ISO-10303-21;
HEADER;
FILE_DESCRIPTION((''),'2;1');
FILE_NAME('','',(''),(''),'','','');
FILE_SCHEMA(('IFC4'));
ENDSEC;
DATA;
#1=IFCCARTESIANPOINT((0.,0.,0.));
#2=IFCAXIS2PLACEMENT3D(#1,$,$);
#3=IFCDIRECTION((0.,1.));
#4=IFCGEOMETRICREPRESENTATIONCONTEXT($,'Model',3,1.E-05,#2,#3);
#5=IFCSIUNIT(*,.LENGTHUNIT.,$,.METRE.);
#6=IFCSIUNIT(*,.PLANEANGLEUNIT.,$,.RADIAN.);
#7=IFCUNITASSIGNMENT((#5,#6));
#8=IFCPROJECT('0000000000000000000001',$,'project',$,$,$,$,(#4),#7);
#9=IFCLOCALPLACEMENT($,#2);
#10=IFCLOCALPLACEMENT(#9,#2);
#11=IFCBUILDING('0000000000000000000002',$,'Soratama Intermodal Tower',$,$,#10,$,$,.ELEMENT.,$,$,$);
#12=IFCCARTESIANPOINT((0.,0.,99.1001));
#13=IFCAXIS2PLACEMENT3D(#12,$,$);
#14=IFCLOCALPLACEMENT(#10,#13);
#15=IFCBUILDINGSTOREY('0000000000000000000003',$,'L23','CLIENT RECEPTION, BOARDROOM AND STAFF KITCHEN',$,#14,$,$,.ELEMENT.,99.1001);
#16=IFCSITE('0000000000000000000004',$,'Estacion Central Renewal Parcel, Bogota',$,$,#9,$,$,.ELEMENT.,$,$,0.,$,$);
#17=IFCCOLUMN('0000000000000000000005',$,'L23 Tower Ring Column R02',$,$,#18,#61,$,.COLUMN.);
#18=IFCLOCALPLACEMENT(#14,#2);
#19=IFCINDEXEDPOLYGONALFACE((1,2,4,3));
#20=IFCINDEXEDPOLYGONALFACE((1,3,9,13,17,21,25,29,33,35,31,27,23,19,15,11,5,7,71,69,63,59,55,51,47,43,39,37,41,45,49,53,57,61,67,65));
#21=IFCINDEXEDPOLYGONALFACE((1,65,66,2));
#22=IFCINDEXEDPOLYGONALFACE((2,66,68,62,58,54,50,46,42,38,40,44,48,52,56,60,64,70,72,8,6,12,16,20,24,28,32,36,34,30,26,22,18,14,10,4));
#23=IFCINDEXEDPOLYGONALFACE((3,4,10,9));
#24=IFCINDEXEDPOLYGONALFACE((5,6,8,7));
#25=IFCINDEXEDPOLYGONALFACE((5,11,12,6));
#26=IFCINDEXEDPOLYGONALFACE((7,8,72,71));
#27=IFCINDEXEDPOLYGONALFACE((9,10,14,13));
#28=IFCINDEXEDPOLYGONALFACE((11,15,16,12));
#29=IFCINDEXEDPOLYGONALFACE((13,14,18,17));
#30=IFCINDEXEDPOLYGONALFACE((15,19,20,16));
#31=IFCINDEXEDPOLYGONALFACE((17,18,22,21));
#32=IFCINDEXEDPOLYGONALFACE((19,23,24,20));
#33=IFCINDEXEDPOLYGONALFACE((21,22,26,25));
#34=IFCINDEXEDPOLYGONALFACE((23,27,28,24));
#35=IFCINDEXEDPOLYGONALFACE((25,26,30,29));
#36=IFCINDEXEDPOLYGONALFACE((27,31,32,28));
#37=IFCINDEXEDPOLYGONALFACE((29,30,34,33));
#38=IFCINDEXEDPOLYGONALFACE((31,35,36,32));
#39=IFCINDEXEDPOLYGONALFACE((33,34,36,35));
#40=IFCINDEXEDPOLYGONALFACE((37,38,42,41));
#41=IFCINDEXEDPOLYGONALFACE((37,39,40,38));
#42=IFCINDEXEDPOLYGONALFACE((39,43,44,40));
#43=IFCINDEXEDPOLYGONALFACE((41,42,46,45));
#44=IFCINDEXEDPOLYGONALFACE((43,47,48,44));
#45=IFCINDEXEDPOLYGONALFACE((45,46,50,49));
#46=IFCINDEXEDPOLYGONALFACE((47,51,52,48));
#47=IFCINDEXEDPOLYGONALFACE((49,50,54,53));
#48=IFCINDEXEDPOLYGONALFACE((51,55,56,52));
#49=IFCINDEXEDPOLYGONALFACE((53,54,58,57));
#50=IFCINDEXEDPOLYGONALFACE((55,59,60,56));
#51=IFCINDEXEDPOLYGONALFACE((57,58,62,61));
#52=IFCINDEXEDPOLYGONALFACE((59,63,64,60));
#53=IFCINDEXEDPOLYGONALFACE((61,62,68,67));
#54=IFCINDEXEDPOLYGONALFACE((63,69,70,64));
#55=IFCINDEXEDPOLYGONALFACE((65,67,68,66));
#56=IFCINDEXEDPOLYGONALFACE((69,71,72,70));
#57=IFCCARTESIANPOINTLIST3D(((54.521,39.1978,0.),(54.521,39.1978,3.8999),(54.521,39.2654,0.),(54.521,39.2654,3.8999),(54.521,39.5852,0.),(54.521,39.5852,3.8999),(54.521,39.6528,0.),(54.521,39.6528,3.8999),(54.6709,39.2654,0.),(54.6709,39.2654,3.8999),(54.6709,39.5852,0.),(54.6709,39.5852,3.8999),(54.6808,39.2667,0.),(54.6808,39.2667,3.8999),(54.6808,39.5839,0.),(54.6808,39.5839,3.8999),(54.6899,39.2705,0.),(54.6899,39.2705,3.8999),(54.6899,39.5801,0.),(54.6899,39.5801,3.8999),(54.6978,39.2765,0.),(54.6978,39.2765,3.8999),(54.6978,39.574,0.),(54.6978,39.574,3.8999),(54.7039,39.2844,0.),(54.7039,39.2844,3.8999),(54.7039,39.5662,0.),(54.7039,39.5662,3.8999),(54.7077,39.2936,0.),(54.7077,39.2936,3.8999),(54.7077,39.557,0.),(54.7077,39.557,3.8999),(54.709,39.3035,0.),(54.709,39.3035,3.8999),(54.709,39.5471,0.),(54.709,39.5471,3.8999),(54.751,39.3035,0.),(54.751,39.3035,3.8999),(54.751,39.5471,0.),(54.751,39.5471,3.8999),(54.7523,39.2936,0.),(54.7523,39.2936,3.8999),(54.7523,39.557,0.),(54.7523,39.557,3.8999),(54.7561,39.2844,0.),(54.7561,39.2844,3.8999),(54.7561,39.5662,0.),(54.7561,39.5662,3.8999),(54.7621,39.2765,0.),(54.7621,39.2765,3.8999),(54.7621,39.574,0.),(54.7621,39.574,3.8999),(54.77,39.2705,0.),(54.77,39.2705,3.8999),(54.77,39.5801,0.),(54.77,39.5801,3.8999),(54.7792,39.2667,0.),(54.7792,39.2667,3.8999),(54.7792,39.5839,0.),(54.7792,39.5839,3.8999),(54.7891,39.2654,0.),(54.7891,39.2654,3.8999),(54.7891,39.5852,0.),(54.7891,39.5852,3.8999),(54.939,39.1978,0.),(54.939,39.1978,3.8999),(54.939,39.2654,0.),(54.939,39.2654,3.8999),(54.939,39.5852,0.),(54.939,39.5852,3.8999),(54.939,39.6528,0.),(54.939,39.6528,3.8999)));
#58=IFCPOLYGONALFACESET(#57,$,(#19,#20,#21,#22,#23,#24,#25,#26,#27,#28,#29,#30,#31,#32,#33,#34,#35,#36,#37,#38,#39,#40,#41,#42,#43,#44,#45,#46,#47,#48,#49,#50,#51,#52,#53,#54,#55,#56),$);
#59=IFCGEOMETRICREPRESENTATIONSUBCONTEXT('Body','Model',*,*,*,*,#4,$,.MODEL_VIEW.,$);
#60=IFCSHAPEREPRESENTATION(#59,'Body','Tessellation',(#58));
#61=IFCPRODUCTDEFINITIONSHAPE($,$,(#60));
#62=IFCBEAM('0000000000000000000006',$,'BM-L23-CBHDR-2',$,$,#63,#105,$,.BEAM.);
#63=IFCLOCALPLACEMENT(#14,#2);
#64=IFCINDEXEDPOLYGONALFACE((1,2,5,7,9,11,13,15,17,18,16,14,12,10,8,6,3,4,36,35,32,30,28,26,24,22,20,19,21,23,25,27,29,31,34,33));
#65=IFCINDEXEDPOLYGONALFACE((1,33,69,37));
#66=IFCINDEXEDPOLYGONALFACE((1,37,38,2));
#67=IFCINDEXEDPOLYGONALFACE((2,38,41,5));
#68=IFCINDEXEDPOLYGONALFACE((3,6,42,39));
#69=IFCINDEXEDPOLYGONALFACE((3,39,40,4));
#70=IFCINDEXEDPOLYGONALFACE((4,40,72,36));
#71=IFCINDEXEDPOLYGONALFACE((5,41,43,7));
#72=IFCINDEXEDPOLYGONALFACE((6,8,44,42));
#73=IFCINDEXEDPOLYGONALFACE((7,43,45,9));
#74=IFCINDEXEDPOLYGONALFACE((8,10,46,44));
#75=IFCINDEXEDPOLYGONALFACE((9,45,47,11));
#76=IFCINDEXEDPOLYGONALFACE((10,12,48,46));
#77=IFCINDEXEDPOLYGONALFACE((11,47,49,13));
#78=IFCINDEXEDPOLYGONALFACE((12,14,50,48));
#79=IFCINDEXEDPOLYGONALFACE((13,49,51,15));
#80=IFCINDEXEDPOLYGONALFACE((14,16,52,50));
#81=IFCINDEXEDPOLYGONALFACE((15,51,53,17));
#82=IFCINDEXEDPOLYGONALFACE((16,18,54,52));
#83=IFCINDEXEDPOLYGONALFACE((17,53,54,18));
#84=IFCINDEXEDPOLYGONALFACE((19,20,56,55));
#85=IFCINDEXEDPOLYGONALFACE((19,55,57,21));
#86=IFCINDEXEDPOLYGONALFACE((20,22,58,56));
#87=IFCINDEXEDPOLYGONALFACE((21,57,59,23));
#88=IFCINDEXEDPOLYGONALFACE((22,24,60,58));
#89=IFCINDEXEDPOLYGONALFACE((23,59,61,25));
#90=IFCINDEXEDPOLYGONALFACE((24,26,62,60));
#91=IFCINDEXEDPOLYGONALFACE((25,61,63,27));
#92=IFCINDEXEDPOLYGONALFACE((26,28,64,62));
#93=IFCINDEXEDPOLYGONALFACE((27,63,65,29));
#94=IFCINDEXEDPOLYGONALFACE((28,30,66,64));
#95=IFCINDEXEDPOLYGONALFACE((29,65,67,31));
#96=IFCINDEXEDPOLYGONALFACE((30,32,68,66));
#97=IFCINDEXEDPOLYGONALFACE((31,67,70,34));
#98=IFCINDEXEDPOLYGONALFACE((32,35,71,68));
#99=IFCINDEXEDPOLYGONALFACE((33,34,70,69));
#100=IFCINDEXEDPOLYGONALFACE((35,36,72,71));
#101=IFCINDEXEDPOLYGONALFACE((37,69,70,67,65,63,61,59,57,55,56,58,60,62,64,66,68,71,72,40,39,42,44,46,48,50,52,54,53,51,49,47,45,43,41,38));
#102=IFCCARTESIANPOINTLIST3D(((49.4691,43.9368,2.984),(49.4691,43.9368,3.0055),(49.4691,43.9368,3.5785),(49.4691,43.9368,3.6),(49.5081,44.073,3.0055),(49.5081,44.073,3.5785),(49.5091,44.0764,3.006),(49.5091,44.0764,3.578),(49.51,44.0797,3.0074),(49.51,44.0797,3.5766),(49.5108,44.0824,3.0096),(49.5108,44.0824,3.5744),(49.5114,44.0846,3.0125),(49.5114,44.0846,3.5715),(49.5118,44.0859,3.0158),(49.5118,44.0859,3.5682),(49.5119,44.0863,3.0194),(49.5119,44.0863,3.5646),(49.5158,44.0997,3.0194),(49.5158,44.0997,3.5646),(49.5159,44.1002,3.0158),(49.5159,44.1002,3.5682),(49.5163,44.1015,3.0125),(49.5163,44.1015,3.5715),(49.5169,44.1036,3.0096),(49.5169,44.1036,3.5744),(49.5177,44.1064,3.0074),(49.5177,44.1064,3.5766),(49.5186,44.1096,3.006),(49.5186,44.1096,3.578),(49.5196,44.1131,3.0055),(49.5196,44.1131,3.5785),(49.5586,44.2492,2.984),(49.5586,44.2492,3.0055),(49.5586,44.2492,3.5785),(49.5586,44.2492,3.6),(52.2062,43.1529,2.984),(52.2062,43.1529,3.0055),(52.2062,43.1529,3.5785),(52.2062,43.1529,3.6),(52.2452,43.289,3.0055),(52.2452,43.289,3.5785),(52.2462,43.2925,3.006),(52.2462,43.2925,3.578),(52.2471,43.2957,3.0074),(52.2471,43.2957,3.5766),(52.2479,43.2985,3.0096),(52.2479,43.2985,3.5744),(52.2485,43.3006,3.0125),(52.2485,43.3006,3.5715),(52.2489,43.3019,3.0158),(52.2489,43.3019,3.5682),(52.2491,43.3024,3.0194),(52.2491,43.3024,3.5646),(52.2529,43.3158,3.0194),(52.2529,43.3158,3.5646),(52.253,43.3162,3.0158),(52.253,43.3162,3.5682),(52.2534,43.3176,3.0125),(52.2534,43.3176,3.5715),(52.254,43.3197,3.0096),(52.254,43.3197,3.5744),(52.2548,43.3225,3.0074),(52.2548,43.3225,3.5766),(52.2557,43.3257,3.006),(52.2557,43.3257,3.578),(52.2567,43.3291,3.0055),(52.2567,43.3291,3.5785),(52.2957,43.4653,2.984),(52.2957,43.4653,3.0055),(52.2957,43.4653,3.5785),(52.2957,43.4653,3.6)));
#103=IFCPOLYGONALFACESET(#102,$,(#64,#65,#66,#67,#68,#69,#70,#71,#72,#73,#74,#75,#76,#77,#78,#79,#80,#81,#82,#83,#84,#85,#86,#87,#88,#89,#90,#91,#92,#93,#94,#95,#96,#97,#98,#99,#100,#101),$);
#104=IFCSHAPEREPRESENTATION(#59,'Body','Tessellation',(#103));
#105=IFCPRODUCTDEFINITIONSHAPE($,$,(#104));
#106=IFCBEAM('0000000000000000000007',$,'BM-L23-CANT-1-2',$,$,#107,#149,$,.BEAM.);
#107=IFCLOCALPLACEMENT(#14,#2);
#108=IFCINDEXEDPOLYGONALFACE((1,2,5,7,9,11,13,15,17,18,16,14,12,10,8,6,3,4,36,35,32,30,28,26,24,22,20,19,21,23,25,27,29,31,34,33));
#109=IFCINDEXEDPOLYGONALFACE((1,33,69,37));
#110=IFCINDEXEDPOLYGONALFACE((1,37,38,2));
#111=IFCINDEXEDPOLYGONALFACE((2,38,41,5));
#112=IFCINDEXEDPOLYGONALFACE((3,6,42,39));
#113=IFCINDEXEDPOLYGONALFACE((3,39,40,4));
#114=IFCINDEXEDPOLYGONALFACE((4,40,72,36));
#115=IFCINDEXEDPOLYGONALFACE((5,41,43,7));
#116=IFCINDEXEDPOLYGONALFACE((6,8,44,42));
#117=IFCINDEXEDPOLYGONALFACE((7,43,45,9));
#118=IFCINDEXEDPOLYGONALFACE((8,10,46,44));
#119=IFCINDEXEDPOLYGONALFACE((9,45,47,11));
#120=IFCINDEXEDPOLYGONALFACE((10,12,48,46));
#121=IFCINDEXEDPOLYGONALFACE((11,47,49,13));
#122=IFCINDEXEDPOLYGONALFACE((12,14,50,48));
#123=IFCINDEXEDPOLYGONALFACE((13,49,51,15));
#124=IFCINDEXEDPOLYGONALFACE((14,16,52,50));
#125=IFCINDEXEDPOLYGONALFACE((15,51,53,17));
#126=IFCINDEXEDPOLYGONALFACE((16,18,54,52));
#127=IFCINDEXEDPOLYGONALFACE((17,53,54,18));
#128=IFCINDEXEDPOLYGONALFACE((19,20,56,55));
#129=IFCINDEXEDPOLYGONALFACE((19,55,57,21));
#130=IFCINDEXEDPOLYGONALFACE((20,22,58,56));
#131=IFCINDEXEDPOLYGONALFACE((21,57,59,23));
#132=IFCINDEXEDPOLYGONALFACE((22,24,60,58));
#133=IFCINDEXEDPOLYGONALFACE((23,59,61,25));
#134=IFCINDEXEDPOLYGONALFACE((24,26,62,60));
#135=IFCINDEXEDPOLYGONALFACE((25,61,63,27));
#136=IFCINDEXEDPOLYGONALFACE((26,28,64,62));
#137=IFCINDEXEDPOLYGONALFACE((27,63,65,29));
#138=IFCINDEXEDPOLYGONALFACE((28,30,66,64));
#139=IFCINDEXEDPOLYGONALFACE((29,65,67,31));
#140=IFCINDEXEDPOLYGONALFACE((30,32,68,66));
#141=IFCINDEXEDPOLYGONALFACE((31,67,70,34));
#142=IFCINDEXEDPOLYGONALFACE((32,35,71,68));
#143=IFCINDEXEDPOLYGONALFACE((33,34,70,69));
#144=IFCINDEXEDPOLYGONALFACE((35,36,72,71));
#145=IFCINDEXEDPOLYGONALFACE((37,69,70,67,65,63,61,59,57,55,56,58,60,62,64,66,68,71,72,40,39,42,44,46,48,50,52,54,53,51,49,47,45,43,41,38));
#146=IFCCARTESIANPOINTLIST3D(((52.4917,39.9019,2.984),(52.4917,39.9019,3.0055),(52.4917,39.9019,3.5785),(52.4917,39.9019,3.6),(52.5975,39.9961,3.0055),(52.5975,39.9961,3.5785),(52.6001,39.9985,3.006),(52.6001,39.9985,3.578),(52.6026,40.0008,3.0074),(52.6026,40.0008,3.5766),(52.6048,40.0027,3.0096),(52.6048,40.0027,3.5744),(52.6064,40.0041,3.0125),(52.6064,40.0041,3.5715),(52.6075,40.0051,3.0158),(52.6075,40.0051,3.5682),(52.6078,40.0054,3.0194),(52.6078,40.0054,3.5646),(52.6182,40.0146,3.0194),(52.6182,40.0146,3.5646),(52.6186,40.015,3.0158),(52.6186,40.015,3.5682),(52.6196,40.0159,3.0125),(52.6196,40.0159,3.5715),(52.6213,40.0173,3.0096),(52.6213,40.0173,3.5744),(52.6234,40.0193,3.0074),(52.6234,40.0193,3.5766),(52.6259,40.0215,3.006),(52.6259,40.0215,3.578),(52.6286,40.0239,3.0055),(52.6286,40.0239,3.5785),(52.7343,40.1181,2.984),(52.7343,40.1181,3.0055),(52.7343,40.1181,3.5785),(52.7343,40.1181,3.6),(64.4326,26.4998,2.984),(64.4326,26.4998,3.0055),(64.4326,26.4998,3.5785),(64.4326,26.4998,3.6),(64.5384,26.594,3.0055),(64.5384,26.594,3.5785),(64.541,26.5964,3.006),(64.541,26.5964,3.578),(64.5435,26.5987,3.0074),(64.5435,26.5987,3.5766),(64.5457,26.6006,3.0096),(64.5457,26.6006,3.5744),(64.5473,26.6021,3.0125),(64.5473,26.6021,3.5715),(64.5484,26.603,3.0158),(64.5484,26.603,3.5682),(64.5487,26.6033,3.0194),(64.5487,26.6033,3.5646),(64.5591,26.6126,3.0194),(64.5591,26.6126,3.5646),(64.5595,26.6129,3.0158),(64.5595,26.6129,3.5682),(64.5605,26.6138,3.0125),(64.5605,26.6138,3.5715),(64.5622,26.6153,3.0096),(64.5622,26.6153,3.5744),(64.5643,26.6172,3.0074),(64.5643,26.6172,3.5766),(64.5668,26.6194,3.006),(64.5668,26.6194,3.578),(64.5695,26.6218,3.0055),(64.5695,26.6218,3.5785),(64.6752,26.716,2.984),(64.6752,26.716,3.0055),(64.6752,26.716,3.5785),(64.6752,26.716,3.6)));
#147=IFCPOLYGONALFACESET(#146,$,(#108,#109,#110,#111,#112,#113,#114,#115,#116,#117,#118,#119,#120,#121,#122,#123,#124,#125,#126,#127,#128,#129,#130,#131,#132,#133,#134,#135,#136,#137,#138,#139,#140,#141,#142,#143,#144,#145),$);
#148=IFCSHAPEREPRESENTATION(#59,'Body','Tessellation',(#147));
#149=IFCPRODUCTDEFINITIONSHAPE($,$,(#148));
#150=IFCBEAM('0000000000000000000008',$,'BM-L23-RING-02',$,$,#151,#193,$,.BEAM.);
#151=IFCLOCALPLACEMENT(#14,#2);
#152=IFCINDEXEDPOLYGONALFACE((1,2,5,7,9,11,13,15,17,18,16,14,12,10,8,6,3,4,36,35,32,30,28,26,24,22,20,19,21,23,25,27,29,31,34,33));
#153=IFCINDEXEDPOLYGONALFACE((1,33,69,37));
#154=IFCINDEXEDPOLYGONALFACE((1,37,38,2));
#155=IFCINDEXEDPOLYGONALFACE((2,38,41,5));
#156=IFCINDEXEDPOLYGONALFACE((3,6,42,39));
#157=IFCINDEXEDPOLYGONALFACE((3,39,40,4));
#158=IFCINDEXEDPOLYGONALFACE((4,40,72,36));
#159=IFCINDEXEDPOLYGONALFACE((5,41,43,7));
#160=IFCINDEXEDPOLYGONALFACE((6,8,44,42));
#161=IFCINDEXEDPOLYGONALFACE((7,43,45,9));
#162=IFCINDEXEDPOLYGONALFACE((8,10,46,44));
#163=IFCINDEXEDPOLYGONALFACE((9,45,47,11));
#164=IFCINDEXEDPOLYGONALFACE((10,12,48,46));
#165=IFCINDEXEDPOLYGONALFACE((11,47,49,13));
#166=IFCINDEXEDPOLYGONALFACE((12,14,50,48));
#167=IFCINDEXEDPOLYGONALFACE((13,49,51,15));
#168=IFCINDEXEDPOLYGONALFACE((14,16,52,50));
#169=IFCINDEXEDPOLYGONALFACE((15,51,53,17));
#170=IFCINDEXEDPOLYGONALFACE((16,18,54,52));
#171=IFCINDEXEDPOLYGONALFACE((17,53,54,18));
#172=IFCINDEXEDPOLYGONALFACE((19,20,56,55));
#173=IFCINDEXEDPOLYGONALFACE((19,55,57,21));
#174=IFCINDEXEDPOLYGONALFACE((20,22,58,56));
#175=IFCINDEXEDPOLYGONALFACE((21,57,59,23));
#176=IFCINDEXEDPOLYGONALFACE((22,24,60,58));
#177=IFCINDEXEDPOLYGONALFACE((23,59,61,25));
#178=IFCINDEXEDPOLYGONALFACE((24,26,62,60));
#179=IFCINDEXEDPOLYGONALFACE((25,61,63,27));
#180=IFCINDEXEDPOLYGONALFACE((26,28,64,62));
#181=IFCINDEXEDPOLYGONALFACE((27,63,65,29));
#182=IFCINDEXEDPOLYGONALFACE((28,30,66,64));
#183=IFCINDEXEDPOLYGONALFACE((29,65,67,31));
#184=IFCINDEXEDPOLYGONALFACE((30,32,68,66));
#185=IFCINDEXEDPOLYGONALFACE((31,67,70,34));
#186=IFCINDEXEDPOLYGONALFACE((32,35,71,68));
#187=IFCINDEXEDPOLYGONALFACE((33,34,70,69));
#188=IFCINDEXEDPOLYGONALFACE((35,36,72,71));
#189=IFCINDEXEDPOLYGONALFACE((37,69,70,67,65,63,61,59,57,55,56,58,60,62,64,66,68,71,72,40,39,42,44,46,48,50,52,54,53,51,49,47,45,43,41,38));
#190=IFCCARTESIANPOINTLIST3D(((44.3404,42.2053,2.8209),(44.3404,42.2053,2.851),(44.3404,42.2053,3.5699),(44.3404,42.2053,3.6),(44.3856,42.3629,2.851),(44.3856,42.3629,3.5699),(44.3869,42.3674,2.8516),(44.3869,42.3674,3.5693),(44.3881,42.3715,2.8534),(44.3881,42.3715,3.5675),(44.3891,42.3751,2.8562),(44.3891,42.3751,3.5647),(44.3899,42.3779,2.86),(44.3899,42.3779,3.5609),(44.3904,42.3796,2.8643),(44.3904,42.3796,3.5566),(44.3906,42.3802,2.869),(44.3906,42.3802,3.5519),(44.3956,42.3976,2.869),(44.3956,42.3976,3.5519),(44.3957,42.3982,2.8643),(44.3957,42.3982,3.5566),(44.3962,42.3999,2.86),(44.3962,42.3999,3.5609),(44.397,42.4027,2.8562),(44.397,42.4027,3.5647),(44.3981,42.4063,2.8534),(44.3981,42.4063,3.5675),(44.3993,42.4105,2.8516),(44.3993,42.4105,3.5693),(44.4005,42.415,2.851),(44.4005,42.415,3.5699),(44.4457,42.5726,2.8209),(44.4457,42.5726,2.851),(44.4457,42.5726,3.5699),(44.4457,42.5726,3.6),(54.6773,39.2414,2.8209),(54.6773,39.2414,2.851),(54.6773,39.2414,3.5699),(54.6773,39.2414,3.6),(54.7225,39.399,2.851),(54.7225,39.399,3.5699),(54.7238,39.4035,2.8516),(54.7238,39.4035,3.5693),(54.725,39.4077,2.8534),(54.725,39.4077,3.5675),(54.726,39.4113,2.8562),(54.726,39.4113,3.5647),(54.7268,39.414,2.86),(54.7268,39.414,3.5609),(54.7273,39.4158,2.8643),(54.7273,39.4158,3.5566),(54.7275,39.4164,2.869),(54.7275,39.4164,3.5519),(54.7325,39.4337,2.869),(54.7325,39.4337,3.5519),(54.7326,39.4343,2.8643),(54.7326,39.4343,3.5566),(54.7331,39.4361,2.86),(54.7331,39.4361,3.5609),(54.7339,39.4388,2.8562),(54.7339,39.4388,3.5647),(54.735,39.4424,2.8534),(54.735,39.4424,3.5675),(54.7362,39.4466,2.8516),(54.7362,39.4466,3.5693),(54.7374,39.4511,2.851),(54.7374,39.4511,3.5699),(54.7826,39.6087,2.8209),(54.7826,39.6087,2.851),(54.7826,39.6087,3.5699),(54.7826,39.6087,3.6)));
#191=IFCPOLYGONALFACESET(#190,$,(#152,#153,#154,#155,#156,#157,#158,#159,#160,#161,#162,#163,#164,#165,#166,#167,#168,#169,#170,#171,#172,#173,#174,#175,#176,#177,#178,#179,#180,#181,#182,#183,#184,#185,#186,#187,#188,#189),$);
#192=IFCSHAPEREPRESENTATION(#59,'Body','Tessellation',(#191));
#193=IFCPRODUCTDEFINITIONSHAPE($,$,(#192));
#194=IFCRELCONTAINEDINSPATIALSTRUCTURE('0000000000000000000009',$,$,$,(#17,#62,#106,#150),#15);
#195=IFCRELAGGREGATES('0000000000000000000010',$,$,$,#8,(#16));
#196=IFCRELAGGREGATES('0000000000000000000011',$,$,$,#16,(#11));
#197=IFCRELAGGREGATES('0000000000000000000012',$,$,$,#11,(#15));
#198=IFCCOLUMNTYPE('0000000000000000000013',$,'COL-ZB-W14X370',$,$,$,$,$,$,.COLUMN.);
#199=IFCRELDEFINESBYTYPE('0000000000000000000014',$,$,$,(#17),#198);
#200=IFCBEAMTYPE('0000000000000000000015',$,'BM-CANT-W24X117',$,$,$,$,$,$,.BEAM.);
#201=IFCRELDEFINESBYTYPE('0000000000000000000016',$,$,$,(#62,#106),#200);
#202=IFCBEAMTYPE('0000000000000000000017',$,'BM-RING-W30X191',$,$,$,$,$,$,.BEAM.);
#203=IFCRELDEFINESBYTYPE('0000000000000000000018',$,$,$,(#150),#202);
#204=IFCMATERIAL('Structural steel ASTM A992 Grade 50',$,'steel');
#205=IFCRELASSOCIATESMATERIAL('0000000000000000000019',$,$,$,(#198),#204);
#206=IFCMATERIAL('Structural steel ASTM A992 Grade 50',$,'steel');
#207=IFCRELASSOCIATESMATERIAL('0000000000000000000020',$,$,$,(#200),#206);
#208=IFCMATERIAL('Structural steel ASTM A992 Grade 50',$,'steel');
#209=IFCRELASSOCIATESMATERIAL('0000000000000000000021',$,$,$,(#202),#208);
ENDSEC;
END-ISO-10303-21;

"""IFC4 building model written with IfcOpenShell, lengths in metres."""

from ifc_helpers import new_model, si_unit, direction, frame, origin, origin_2d, place, context, subcontext, project, spatial, i_section, extrude, material, material_profile, profile_set, type_object, element, save


model = new_model("IFC4")

# Units and contexts
model_context = context("Model", 3, precision=1e-05, world=origin(), true_north=direction((0.0, 1.0)))
body_context = subcontext(model_context, "Body", "Model", "MODEL_VIEW")
ifc_project = project(units=[si_unit("LENGTHUNIT", "METRE"), si_unit("PLANEANGLEUNIT", "RADIAN")], contexts=[model_context])

# Site, building, storey
site_placement = place(None, origin())
site = spatial("IfcSite", under=ifc_project, at=site_placement, Name="Estacion Central Renewal Parcel, Bogota", CompositionType="ELEMENT", RefElevation=0.0)
building_placement = place(site_placement, origin())
building = spatial("IfcBuilding", under=site, at=building_placement, Name="Soratama Intermodal Tower", CompositionType="ELEMENT")
storey_placement = place(building_placement, frame((0.0, 0.0, 99.1001)))
storey = spatial("IfcBuildingStorey", under=building, at=storey_placement, Name="L23", Description="CLIENT RECEPTION, BOARDROOM AND STAFF KITCHEN", CompositionType="ELEMENT", Elevation=99.1001)

# Column
ifc_material_1 = material(Name="Structural steel ASTM A992 Grade 50", Category="steel")
ifc_material_profile_1 = material_profile(ifc_material_1, i_section(OverallWidth=0.418, OverallDepth=0.4551, WebThickness=0.042, FlangeThickness=0.0676, FilletRadius=0.0381, at=origin_2d()), Name="W14X370")
ifc_profile_set_1 = profile_set([ifc_material_profile_1], Name="Structural steel ASTM A992 Grade 50")
column_type = type_object("IfcColumnType", Name="COL-ZB-W14X370", PredefinedType="COLUMN", material=ifc_profile_set_1)
column_placement = place(storey_placement, frame((54.73, 39.4253, 0.0), z_axis=(0.0, 0.0, 1.0), x_axis=(1.0, 0.0, 0.0)))
element("IfcColumn", 1, at=column_placement, inside=storey, type_object=column_type, Name="L23 Tower Ring Column R02", PredefinedType="COLUMN", context=body_context, shape_type="SweptSolid", body=[
    extrude(i_section(OverallWidth=0.418, OverallDepth=0.4551, WebThickness=0.042, FlangeThickness=0.0676, FilletRadius=0.0381, at=origin_2d()), origin(), (0.0, 0.0, 1.0), 3.8999),
])

# Beams
ifc_material_2 = material(Name="Structural steel ASTM A992 Grade 50", Category="steel")
ifc_material_profile_2 = material_profile(ifc_material_2, i_section(OverallWidth=0.325, OverallDepth=0.616, WebThickness=0.0139, FlangeThickness=0.0215, FilletRadius=0.0139, at=origin_2d()), Name="W24X117")
ifc_profile_set_2 = profile_set([ifc_material_profile_2], Name="Structural steel ASTM A992 Grade 50")
beam_type_1 = type_object("IfcBeamType", Name="BM-CANT-W24X117", PredefinedType="BEAM", material=ifc_profile_set_2)
beam_1_placement = place(storey_placement, frame((52.251, 43.3091, 3.292), z_axis=(-0.961346, 0.275344, 0.0), x_axis=(-0.275344, -0.961346, 0.0)))
element("IfcBeam", 2, at=beam_1_placement, inside=storey, type_object=beam_type_1, Name="BM-L23-CBHDR-2", PredefinedType="BEAM", context=body_context, shape_type="SweptSolid", body=[
    extrude(i_section(OverallWidth=0.325, OverallDepth=0.616, WebThickness=0.0139, FlangeThickness=0.0215, FilletRadius=0.0139, at=origin_2d()), origin(), (0.0, 0.0, 1.0), 2.8472),
])
beam_2_placement = place(storey_placement, frame((52.613, 40.01, 3.292), z_axis=(0.665233, -0.746636, 0.0), x_axis=(0.746636, 0.665233, 0.0)))
element("IfcBeam", 3, at=beam_2_placement, inside=storey, type_object=beam_type_1, Name="BM-L23-CANT-1-2", PredefinedType="BEAM", context=body_context, shape_type="SweptSolid", body=[
    extrude(i_section(OverallWidth=0.325, OverallDepth=0.616, WebThickness=0.0139, FlangeThickness=0.0215, FilletRadius=0.0139, at=origin_2d()), origin(), (0.0, 0.0, 1.0), 17.95),
])
ifc_material_3 = material(Name="Structural steel ASTM A992 Grade 50", Category="steel")
ifc_material_profile_3 = material_profile(ifc_material_3, i_section(OverallWidth=0.3821, OverallDepth=0.7791, WebThickness=0.0181, FlangeThickness=0.03, FilletRadius=0.0181, at=origin_2d()), Name="W30X191")
ifc_profile_set_3 = profile_set([ifc_material_profile_3], Name="Structural steel ASTM A992 Grade 50")
beam_type_2 = type_object("IfcBeamType", Name="BM-RING-W30X191", PredefinedType="BEAM", material=ifc_profile_set_3)
beam_3_placement = place(storey_placement, frame((54.73, 39.425, 3.2104), z_axis=(-0.961267, 0.275621, 0.0), x_axis=(-0.275621, -0.961267, 0.0)))
element("IfcBeam", 4, at=beam_3_placement, inside=storey, type_object=beam_type_2, Name="BM-L23-RING-02", PredefinedType="BEAM", context=body_context, shape_type="SweptSolid", body=[
    extrude(i_section(OverallWidth=0.3821, OverallDepth=0.7791, WebThickness=0.0181, FlangeThickness=0.03, FilletRadius=0.0181, at=origin_2d()), origin(), (0.0, 0.0, 1.0), 10.7534),
])

save(model, "model.ifc")
